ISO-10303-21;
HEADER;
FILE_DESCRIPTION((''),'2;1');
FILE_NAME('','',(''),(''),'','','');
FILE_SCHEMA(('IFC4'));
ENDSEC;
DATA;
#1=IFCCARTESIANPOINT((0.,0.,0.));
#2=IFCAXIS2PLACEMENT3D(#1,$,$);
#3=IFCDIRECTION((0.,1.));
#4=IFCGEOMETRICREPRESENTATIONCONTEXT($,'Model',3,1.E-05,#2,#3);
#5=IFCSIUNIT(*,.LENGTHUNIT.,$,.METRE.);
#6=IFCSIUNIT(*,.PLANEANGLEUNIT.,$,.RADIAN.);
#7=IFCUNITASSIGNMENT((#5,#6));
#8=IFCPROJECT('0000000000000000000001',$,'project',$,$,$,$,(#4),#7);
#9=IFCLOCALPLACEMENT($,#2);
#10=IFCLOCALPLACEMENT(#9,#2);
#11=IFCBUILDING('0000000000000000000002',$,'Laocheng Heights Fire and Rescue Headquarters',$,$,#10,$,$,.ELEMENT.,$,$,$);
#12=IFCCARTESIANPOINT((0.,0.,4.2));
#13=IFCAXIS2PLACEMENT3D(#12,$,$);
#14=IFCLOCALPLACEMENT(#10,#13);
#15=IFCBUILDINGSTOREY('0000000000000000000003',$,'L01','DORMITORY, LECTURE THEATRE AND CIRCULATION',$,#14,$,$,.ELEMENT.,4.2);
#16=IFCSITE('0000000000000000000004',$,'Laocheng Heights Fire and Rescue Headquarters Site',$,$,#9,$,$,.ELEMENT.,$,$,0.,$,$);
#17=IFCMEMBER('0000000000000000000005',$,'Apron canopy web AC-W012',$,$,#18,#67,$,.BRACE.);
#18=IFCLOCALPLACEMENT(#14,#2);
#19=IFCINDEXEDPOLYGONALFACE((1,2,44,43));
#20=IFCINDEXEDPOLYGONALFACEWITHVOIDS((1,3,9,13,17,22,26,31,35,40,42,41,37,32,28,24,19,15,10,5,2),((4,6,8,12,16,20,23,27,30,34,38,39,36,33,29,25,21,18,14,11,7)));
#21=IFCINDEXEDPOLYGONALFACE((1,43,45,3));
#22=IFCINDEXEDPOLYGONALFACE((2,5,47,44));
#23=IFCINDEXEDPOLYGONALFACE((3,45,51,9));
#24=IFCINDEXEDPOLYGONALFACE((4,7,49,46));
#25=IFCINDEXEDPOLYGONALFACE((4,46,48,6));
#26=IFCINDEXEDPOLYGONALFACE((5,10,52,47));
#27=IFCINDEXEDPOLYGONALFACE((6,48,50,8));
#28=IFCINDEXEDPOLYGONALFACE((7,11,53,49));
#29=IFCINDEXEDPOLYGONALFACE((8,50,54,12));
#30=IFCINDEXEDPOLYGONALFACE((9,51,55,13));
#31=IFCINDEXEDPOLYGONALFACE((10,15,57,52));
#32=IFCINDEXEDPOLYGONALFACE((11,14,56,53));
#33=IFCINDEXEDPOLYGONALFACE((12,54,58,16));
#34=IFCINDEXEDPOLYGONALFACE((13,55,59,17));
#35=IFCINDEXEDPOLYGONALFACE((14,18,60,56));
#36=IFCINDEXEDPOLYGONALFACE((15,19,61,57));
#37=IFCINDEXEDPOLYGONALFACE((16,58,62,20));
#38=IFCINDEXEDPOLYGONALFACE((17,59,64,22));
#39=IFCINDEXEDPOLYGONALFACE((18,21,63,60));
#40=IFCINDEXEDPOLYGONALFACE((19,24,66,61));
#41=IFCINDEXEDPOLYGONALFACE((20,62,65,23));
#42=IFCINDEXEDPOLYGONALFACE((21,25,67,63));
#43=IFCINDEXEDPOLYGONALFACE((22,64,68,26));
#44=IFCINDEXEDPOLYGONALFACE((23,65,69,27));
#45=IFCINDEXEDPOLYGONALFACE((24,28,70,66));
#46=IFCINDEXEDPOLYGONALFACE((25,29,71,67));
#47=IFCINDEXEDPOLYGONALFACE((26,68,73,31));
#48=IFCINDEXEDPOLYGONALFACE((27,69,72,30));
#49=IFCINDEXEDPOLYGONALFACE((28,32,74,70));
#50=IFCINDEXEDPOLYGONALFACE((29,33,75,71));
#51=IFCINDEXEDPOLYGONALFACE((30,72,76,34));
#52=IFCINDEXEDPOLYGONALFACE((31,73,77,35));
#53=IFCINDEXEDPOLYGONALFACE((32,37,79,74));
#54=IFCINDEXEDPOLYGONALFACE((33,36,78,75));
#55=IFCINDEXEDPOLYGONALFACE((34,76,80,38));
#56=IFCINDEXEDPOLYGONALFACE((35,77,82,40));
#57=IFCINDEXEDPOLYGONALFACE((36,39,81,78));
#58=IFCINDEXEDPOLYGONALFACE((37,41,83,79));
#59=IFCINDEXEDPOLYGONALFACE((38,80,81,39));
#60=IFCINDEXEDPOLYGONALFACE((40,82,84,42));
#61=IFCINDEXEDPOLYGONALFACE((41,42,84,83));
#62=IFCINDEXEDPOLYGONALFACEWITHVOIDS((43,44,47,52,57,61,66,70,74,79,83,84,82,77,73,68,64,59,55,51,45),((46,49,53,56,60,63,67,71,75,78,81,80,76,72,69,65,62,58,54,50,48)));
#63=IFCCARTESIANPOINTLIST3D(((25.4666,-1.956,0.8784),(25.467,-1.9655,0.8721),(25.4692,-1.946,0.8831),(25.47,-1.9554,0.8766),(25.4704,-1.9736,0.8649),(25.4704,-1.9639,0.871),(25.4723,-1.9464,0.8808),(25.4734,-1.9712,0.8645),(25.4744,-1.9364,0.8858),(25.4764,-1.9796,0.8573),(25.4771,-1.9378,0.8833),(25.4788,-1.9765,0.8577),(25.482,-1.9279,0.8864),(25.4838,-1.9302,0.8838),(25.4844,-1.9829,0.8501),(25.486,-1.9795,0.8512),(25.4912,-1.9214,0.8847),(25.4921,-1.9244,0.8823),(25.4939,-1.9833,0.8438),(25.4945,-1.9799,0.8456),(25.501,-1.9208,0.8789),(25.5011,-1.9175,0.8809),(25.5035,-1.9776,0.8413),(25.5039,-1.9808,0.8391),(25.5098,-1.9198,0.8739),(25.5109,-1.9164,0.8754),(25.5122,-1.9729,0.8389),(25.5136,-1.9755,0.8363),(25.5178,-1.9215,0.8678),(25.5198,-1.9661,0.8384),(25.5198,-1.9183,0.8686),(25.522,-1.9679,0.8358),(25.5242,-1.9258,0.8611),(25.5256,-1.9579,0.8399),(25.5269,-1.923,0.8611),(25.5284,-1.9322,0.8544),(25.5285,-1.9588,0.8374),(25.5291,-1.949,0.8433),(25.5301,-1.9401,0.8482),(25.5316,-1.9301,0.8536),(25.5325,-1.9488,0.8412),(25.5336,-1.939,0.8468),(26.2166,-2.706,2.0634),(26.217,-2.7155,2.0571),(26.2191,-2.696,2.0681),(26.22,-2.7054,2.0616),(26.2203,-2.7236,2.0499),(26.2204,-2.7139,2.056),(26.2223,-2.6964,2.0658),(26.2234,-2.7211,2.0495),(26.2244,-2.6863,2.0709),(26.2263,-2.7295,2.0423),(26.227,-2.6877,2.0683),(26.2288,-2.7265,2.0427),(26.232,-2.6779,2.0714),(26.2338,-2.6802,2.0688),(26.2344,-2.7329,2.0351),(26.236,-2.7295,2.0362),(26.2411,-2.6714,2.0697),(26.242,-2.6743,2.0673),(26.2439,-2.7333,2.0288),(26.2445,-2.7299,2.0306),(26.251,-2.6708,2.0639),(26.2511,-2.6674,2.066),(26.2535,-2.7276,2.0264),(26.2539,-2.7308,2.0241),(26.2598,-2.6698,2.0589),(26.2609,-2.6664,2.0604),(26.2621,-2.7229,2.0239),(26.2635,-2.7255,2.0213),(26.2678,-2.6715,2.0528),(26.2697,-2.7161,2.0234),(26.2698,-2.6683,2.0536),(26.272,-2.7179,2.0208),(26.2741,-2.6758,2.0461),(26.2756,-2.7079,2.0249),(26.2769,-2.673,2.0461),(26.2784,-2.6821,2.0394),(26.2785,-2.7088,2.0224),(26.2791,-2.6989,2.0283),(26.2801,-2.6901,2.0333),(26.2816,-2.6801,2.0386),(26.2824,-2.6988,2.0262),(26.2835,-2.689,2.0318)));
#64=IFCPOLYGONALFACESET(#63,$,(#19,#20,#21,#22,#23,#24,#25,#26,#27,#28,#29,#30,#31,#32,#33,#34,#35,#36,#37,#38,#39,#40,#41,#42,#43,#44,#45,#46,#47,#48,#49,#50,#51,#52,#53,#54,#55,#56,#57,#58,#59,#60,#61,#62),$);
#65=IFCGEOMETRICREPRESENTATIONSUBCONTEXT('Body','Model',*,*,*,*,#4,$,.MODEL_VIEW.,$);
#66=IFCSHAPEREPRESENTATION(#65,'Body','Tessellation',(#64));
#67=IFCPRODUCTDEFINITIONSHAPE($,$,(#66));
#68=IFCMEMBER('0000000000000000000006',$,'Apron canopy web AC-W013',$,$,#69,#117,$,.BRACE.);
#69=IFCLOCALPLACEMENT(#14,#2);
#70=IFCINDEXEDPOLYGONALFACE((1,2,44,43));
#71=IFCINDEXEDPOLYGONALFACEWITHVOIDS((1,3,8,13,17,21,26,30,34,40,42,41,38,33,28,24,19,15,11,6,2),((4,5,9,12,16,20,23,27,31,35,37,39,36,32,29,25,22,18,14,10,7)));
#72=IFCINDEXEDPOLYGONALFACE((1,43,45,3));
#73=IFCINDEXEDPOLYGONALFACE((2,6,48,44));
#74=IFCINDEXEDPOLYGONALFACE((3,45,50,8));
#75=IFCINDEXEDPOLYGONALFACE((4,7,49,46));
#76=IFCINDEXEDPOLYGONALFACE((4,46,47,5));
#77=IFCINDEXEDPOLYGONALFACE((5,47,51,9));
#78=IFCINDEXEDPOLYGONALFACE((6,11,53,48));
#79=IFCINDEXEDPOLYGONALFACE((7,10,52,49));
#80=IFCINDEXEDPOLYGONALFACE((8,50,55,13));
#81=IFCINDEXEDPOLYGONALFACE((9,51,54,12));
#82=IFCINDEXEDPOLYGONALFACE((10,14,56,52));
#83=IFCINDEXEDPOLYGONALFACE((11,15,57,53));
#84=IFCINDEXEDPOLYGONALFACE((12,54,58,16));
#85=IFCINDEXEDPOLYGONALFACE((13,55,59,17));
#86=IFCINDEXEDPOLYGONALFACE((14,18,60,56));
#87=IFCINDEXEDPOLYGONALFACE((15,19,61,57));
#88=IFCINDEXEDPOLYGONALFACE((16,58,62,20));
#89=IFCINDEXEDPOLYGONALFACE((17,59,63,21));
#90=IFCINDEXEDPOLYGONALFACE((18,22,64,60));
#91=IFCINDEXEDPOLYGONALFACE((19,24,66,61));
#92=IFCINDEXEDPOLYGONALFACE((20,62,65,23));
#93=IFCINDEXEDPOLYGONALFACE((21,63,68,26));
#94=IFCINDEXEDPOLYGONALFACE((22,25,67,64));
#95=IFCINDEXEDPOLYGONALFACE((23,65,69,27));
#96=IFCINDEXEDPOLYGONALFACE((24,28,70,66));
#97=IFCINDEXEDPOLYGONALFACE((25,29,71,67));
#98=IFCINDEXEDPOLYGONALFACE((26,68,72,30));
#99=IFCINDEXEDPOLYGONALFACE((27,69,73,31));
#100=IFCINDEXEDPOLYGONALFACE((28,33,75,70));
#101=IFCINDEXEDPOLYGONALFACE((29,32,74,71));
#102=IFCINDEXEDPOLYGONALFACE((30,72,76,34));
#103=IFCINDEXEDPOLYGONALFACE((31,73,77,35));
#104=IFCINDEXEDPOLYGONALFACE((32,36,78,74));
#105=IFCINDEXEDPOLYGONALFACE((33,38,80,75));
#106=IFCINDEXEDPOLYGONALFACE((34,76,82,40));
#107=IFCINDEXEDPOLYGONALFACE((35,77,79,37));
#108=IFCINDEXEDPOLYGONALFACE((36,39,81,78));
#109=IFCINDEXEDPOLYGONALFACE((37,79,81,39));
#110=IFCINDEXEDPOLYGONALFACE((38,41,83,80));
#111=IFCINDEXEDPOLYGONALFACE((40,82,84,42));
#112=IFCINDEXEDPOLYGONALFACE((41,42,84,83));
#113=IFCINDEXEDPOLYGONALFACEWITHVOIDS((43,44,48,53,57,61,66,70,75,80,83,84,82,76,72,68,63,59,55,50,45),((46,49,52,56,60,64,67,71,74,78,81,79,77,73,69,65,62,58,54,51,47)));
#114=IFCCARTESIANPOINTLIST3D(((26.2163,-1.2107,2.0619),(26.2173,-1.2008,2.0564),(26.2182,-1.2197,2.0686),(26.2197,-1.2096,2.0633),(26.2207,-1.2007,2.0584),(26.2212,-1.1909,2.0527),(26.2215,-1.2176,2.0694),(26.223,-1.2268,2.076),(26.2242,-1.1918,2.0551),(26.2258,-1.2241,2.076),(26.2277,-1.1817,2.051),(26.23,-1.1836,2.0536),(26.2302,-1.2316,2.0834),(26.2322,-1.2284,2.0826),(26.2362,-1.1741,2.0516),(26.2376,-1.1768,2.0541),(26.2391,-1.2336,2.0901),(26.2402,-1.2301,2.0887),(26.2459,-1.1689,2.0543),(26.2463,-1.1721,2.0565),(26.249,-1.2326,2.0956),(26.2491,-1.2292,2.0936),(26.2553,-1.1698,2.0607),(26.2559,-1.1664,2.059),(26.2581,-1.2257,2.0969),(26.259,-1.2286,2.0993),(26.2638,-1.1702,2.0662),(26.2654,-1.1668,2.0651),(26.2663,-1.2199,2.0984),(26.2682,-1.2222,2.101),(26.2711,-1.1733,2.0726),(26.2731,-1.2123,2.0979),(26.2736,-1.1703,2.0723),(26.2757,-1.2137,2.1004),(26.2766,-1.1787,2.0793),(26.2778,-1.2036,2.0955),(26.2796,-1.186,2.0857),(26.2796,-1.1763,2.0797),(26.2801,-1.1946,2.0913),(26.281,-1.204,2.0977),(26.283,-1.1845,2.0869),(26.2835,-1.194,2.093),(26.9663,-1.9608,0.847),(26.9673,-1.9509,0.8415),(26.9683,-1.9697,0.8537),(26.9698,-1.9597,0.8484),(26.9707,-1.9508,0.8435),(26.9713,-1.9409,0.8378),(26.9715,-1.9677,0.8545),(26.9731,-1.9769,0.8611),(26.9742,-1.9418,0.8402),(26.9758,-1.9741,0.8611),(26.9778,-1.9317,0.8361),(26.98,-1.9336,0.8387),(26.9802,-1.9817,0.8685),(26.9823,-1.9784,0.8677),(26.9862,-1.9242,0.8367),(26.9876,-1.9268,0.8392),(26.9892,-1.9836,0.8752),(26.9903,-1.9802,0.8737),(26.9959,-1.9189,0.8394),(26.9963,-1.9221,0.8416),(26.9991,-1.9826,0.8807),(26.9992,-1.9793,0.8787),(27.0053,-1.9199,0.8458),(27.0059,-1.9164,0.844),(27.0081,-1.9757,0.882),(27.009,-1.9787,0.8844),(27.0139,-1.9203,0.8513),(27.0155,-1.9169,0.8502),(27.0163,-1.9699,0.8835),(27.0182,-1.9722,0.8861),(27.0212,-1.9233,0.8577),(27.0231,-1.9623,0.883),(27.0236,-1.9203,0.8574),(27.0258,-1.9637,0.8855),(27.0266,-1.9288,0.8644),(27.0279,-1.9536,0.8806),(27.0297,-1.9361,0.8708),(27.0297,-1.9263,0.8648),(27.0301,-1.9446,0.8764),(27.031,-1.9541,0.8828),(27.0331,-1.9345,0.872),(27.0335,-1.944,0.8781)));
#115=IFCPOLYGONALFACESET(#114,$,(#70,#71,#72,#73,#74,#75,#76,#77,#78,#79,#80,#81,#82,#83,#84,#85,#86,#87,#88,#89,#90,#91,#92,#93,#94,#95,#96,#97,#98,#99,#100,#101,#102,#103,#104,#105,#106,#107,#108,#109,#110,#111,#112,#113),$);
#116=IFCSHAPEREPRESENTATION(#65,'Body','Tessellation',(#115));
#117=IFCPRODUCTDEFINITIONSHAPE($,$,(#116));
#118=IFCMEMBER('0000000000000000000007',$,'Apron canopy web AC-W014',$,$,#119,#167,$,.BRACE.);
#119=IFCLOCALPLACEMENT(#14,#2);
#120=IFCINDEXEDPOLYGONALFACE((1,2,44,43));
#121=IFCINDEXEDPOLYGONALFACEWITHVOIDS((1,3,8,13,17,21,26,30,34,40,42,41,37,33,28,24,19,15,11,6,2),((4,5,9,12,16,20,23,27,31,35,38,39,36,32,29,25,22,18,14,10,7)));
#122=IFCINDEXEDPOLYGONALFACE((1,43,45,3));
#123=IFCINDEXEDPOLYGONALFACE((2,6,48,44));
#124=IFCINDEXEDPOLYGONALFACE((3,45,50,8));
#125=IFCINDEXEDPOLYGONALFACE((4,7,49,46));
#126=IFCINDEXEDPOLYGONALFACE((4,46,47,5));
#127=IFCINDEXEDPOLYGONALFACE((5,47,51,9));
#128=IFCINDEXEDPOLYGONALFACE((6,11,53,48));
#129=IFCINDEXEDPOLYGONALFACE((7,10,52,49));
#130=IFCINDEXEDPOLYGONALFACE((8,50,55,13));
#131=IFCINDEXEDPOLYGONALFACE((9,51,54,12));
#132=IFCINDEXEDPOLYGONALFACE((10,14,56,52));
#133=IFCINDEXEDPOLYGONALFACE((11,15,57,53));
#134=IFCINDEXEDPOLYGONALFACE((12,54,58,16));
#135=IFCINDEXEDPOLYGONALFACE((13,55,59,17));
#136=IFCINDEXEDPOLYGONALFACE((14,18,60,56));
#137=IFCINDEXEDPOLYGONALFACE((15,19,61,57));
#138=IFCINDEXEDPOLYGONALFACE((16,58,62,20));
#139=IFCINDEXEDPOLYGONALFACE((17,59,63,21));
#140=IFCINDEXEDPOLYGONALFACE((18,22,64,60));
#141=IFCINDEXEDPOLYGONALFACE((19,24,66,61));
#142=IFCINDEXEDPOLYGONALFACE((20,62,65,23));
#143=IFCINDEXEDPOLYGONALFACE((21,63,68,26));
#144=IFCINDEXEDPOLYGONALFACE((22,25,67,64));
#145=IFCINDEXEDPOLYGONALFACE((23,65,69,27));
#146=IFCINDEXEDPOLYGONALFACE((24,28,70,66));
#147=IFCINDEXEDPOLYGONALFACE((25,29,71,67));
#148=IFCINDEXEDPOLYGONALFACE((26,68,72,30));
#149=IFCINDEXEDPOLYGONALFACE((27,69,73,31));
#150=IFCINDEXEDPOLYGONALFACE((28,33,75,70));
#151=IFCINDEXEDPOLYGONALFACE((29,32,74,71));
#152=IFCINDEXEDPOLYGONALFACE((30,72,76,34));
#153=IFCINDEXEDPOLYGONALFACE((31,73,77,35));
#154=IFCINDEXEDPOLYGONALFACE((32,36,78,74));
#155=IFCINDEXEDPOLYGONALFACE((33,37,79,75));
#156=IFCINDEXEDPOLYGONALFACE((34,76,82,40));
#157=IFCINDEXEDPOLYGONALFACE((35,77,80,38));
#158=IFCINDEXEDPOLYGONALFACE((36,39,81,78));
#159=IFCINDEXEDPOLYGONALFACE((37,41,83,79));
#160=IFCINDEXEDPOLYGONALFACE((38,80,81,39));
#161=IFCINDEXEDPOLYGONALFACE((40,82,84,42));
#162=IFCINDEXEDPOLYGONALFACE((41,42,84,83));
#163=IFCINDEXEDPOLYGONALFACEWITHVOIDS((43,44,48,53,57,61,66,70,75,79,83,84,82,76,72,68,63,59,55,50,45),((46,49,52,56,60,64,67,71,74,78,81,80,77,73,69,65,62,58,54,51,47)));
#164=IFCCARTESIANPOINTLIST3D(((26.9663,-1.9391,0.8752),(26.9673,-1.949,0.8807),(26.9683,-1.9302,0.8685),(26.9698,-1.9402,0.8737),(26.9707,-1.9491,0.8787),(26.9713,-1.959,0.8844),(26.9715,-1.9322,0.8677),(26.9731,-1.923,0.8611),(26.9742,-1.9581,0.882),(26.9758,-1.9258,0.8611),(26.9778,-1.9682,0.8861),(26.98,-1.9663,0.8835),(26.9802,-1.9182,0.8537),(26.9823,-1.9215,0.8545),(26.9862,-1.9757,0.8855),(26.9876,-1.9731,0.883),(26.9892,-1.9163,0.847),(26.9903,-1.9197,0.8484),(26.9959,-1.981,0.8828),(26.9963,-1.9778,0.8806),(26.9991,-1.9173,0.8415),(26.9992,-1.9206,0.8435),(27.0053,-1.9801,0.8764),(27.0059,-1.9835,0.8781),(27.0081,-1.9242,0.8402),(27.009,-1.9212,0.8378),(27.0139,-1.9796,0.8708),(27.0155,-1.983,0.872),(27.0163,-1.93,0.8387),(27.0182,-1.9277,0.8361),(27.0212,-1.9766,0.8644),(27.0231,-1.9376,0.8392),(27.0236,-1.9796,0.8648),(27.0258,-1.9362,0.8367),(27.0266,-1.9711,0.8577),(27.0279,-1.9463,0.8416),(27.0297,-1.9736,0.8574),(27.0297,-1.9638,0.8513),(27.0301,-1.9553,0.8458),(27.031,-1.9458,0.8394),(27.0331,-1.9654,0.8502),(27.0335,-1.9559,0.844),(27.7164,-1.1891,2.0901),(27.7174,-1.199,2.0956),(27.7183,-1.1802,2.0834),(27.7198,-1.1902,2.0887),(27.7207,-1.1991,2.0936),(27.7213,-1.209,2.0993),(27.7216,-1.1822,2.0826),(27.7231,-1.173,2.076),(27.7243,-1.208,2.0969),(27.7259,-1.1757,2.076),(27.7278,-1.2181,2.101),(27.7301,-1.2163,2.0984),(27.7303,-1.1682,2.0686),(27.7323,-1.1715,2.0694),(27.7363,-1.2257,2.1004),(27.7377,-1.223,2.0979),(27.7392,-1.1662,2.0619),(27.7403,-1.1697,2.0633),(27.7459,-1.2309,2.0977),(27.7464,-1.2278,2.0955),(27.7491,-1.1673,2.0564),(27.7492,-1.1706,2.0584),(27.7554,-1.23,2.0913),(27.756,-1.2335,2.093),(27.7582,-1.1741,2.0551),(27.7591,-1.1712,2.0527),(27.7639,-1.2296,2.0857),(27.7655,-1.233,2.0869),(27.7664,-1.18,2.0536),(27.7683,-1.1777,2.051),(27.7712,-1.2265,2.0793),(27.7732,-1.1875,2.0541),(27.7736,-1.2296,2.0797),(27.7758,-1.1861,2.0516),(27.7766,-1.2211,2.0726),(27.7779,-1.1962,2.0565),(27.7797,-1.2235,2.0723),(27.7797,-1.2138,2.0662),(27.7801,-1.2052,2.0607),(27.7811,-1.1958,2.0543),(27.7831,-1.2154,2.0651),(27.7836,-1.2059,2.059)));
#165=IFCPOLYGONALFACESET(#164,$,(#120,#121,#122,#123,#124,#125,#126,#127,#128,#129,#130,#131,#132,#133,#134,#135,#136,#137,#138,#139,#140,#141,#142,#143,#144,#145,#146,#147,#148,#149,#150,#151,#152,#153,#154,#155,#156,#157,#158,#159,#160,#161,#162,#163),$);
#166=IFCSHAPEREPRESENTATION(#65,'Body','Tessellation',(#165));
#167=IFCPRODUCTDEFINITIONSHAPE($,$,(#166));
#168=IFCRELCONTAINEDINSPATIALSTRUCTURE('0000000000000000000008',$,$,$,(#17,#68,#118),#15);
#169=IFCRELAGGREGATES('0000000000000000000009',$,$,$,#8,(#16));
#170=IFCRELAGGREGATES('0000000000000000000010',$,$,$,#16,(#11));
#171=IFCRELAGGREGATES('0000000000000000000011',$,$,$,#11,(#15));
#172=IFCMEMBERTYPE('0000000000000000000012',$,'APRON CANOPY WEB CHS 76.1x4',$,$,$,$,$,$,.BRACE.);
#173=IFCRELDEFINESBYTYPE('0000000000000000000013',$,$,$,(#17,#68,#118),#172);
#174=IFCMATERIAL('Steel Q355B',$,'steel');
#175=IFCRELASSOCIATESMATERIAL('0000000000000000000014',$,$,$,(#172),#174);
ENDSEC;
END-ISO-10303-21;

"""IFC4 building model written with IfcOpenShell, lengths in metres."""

from ifc_helpers import new_model, si_unit, direction, frame, origin, origin_2d, place, context, subcontext, project, spatial, hollow_circle, extrude, material, material_profile, profile_set, type_object, element, save


model = new_model("IFC4")

# Units and contexts
model_context = context("Model", 3, precision=1e-05, world=origin(), true_north=direction((0.0, 1.0)))
body_context = subcontext(model_context, "Body", "Model", "MODEL_VIEW")
ifc_project = project(units=[si_unit("LENGTHUNIT", "METRE"), si_unit("PLANEANGLEUNIT", "RADIAN")], contexts=[model_context])

# Site, building, storey
site_placement = place(None, origin())
site = spatial("IfcSite", under=ifc_project, at=site_placement, Name="Laocheng Heights Fire and Rescue Headquarters Site", CompositionType="ELEMENT", RefElevation=0.0)
building_placement = place(site_placement, origin())
building = spatial("IfcBuilding", under=site, at=building_placement, Name="Laocheng Heights Fire and Rescue Headquarters", CompositionType="ELEMENT")
storey_placement = place(building_placement, frame((0.0, 0.0, 4.2)))
storey = spatial("IfcBuildingStorey", under=building, at=storey_placement, Name="L01", Description="DORMITORY, LECTURE THEATRE AND CIRCULATION", CompositionType="ELEMENT", Elevation=4.2)

# Members
ifc_material_1 = material(Name="Steel Q355B", Category="steel")
ifc_material_profile_1 = material_profile(ifc_material_1, hollow_circle(Radius=0.0381, WallThickness=0.0039, at=origin_2d()), Name="CHS 76.1x4")
ifc_profile_set_1 = profile_set([ifc_material_profile_1], Name="Steel Q355B")
member_type_1 = type_object("IfcMemberType", Name="APRON CANOPY WEB CHS 76.1x4", PredefinedType="BRACE", material=ifc_profile_set_1)
for number, where, z_axis, x_axis, name in (
    (1, (25.5, -1.95, 0.8611), (0.47158, -0.47158, 0.745134), (0.707107, 0.707107, 0.0), "Apron canopy web AC-W012"),
):
    element("IfcMember", number, at=place(storey_placement, frame(where, z_axis=z_axis, x_axis=x_axis)), inside=storey, type_object=member_type_1, Name=name, PredefinedType="BRACE", context=body_context, shape_type="SweptSolid", body=[
        extrude(hollow_circle(Radius=0.0381, WallThickness=0.0039, at=origin_2d()), origin(), (0.0, 0.0, 1.0), 1.5903),
    ])
for number, where, z_axis, x_axis, name in (
    (2, (27.0, -1.95, 0.8611), (-0.465055, 0.465055, 0.753292), (-0.707107, -0.707107, 0.0), "Apron canopy web AC-W013"),
    (3, (27.0, -1.95, 0.8611), (0.465055, 0.465055, 0.753292), (-0.707107, 0.707107, 0.0), "Apron canopy web AC-W014"),
):
    element("IfcMember", number, at=place(storey_placement, frame(where, z_axis=z_axis, x_axis=x_axis)), inside=storey, type_object=member_type_1, Name=name, PredefinedType="BRACE", context=body_context, shape_type="SweptSolid", body=[
        extrude(hollow_circle(Radius=0.0381, WallThickness=0.0039, at=origin_2d()), origin(), (0.0, 0.0, 1.0), 1.6128),
    ])

save(model, "model.ifc")
